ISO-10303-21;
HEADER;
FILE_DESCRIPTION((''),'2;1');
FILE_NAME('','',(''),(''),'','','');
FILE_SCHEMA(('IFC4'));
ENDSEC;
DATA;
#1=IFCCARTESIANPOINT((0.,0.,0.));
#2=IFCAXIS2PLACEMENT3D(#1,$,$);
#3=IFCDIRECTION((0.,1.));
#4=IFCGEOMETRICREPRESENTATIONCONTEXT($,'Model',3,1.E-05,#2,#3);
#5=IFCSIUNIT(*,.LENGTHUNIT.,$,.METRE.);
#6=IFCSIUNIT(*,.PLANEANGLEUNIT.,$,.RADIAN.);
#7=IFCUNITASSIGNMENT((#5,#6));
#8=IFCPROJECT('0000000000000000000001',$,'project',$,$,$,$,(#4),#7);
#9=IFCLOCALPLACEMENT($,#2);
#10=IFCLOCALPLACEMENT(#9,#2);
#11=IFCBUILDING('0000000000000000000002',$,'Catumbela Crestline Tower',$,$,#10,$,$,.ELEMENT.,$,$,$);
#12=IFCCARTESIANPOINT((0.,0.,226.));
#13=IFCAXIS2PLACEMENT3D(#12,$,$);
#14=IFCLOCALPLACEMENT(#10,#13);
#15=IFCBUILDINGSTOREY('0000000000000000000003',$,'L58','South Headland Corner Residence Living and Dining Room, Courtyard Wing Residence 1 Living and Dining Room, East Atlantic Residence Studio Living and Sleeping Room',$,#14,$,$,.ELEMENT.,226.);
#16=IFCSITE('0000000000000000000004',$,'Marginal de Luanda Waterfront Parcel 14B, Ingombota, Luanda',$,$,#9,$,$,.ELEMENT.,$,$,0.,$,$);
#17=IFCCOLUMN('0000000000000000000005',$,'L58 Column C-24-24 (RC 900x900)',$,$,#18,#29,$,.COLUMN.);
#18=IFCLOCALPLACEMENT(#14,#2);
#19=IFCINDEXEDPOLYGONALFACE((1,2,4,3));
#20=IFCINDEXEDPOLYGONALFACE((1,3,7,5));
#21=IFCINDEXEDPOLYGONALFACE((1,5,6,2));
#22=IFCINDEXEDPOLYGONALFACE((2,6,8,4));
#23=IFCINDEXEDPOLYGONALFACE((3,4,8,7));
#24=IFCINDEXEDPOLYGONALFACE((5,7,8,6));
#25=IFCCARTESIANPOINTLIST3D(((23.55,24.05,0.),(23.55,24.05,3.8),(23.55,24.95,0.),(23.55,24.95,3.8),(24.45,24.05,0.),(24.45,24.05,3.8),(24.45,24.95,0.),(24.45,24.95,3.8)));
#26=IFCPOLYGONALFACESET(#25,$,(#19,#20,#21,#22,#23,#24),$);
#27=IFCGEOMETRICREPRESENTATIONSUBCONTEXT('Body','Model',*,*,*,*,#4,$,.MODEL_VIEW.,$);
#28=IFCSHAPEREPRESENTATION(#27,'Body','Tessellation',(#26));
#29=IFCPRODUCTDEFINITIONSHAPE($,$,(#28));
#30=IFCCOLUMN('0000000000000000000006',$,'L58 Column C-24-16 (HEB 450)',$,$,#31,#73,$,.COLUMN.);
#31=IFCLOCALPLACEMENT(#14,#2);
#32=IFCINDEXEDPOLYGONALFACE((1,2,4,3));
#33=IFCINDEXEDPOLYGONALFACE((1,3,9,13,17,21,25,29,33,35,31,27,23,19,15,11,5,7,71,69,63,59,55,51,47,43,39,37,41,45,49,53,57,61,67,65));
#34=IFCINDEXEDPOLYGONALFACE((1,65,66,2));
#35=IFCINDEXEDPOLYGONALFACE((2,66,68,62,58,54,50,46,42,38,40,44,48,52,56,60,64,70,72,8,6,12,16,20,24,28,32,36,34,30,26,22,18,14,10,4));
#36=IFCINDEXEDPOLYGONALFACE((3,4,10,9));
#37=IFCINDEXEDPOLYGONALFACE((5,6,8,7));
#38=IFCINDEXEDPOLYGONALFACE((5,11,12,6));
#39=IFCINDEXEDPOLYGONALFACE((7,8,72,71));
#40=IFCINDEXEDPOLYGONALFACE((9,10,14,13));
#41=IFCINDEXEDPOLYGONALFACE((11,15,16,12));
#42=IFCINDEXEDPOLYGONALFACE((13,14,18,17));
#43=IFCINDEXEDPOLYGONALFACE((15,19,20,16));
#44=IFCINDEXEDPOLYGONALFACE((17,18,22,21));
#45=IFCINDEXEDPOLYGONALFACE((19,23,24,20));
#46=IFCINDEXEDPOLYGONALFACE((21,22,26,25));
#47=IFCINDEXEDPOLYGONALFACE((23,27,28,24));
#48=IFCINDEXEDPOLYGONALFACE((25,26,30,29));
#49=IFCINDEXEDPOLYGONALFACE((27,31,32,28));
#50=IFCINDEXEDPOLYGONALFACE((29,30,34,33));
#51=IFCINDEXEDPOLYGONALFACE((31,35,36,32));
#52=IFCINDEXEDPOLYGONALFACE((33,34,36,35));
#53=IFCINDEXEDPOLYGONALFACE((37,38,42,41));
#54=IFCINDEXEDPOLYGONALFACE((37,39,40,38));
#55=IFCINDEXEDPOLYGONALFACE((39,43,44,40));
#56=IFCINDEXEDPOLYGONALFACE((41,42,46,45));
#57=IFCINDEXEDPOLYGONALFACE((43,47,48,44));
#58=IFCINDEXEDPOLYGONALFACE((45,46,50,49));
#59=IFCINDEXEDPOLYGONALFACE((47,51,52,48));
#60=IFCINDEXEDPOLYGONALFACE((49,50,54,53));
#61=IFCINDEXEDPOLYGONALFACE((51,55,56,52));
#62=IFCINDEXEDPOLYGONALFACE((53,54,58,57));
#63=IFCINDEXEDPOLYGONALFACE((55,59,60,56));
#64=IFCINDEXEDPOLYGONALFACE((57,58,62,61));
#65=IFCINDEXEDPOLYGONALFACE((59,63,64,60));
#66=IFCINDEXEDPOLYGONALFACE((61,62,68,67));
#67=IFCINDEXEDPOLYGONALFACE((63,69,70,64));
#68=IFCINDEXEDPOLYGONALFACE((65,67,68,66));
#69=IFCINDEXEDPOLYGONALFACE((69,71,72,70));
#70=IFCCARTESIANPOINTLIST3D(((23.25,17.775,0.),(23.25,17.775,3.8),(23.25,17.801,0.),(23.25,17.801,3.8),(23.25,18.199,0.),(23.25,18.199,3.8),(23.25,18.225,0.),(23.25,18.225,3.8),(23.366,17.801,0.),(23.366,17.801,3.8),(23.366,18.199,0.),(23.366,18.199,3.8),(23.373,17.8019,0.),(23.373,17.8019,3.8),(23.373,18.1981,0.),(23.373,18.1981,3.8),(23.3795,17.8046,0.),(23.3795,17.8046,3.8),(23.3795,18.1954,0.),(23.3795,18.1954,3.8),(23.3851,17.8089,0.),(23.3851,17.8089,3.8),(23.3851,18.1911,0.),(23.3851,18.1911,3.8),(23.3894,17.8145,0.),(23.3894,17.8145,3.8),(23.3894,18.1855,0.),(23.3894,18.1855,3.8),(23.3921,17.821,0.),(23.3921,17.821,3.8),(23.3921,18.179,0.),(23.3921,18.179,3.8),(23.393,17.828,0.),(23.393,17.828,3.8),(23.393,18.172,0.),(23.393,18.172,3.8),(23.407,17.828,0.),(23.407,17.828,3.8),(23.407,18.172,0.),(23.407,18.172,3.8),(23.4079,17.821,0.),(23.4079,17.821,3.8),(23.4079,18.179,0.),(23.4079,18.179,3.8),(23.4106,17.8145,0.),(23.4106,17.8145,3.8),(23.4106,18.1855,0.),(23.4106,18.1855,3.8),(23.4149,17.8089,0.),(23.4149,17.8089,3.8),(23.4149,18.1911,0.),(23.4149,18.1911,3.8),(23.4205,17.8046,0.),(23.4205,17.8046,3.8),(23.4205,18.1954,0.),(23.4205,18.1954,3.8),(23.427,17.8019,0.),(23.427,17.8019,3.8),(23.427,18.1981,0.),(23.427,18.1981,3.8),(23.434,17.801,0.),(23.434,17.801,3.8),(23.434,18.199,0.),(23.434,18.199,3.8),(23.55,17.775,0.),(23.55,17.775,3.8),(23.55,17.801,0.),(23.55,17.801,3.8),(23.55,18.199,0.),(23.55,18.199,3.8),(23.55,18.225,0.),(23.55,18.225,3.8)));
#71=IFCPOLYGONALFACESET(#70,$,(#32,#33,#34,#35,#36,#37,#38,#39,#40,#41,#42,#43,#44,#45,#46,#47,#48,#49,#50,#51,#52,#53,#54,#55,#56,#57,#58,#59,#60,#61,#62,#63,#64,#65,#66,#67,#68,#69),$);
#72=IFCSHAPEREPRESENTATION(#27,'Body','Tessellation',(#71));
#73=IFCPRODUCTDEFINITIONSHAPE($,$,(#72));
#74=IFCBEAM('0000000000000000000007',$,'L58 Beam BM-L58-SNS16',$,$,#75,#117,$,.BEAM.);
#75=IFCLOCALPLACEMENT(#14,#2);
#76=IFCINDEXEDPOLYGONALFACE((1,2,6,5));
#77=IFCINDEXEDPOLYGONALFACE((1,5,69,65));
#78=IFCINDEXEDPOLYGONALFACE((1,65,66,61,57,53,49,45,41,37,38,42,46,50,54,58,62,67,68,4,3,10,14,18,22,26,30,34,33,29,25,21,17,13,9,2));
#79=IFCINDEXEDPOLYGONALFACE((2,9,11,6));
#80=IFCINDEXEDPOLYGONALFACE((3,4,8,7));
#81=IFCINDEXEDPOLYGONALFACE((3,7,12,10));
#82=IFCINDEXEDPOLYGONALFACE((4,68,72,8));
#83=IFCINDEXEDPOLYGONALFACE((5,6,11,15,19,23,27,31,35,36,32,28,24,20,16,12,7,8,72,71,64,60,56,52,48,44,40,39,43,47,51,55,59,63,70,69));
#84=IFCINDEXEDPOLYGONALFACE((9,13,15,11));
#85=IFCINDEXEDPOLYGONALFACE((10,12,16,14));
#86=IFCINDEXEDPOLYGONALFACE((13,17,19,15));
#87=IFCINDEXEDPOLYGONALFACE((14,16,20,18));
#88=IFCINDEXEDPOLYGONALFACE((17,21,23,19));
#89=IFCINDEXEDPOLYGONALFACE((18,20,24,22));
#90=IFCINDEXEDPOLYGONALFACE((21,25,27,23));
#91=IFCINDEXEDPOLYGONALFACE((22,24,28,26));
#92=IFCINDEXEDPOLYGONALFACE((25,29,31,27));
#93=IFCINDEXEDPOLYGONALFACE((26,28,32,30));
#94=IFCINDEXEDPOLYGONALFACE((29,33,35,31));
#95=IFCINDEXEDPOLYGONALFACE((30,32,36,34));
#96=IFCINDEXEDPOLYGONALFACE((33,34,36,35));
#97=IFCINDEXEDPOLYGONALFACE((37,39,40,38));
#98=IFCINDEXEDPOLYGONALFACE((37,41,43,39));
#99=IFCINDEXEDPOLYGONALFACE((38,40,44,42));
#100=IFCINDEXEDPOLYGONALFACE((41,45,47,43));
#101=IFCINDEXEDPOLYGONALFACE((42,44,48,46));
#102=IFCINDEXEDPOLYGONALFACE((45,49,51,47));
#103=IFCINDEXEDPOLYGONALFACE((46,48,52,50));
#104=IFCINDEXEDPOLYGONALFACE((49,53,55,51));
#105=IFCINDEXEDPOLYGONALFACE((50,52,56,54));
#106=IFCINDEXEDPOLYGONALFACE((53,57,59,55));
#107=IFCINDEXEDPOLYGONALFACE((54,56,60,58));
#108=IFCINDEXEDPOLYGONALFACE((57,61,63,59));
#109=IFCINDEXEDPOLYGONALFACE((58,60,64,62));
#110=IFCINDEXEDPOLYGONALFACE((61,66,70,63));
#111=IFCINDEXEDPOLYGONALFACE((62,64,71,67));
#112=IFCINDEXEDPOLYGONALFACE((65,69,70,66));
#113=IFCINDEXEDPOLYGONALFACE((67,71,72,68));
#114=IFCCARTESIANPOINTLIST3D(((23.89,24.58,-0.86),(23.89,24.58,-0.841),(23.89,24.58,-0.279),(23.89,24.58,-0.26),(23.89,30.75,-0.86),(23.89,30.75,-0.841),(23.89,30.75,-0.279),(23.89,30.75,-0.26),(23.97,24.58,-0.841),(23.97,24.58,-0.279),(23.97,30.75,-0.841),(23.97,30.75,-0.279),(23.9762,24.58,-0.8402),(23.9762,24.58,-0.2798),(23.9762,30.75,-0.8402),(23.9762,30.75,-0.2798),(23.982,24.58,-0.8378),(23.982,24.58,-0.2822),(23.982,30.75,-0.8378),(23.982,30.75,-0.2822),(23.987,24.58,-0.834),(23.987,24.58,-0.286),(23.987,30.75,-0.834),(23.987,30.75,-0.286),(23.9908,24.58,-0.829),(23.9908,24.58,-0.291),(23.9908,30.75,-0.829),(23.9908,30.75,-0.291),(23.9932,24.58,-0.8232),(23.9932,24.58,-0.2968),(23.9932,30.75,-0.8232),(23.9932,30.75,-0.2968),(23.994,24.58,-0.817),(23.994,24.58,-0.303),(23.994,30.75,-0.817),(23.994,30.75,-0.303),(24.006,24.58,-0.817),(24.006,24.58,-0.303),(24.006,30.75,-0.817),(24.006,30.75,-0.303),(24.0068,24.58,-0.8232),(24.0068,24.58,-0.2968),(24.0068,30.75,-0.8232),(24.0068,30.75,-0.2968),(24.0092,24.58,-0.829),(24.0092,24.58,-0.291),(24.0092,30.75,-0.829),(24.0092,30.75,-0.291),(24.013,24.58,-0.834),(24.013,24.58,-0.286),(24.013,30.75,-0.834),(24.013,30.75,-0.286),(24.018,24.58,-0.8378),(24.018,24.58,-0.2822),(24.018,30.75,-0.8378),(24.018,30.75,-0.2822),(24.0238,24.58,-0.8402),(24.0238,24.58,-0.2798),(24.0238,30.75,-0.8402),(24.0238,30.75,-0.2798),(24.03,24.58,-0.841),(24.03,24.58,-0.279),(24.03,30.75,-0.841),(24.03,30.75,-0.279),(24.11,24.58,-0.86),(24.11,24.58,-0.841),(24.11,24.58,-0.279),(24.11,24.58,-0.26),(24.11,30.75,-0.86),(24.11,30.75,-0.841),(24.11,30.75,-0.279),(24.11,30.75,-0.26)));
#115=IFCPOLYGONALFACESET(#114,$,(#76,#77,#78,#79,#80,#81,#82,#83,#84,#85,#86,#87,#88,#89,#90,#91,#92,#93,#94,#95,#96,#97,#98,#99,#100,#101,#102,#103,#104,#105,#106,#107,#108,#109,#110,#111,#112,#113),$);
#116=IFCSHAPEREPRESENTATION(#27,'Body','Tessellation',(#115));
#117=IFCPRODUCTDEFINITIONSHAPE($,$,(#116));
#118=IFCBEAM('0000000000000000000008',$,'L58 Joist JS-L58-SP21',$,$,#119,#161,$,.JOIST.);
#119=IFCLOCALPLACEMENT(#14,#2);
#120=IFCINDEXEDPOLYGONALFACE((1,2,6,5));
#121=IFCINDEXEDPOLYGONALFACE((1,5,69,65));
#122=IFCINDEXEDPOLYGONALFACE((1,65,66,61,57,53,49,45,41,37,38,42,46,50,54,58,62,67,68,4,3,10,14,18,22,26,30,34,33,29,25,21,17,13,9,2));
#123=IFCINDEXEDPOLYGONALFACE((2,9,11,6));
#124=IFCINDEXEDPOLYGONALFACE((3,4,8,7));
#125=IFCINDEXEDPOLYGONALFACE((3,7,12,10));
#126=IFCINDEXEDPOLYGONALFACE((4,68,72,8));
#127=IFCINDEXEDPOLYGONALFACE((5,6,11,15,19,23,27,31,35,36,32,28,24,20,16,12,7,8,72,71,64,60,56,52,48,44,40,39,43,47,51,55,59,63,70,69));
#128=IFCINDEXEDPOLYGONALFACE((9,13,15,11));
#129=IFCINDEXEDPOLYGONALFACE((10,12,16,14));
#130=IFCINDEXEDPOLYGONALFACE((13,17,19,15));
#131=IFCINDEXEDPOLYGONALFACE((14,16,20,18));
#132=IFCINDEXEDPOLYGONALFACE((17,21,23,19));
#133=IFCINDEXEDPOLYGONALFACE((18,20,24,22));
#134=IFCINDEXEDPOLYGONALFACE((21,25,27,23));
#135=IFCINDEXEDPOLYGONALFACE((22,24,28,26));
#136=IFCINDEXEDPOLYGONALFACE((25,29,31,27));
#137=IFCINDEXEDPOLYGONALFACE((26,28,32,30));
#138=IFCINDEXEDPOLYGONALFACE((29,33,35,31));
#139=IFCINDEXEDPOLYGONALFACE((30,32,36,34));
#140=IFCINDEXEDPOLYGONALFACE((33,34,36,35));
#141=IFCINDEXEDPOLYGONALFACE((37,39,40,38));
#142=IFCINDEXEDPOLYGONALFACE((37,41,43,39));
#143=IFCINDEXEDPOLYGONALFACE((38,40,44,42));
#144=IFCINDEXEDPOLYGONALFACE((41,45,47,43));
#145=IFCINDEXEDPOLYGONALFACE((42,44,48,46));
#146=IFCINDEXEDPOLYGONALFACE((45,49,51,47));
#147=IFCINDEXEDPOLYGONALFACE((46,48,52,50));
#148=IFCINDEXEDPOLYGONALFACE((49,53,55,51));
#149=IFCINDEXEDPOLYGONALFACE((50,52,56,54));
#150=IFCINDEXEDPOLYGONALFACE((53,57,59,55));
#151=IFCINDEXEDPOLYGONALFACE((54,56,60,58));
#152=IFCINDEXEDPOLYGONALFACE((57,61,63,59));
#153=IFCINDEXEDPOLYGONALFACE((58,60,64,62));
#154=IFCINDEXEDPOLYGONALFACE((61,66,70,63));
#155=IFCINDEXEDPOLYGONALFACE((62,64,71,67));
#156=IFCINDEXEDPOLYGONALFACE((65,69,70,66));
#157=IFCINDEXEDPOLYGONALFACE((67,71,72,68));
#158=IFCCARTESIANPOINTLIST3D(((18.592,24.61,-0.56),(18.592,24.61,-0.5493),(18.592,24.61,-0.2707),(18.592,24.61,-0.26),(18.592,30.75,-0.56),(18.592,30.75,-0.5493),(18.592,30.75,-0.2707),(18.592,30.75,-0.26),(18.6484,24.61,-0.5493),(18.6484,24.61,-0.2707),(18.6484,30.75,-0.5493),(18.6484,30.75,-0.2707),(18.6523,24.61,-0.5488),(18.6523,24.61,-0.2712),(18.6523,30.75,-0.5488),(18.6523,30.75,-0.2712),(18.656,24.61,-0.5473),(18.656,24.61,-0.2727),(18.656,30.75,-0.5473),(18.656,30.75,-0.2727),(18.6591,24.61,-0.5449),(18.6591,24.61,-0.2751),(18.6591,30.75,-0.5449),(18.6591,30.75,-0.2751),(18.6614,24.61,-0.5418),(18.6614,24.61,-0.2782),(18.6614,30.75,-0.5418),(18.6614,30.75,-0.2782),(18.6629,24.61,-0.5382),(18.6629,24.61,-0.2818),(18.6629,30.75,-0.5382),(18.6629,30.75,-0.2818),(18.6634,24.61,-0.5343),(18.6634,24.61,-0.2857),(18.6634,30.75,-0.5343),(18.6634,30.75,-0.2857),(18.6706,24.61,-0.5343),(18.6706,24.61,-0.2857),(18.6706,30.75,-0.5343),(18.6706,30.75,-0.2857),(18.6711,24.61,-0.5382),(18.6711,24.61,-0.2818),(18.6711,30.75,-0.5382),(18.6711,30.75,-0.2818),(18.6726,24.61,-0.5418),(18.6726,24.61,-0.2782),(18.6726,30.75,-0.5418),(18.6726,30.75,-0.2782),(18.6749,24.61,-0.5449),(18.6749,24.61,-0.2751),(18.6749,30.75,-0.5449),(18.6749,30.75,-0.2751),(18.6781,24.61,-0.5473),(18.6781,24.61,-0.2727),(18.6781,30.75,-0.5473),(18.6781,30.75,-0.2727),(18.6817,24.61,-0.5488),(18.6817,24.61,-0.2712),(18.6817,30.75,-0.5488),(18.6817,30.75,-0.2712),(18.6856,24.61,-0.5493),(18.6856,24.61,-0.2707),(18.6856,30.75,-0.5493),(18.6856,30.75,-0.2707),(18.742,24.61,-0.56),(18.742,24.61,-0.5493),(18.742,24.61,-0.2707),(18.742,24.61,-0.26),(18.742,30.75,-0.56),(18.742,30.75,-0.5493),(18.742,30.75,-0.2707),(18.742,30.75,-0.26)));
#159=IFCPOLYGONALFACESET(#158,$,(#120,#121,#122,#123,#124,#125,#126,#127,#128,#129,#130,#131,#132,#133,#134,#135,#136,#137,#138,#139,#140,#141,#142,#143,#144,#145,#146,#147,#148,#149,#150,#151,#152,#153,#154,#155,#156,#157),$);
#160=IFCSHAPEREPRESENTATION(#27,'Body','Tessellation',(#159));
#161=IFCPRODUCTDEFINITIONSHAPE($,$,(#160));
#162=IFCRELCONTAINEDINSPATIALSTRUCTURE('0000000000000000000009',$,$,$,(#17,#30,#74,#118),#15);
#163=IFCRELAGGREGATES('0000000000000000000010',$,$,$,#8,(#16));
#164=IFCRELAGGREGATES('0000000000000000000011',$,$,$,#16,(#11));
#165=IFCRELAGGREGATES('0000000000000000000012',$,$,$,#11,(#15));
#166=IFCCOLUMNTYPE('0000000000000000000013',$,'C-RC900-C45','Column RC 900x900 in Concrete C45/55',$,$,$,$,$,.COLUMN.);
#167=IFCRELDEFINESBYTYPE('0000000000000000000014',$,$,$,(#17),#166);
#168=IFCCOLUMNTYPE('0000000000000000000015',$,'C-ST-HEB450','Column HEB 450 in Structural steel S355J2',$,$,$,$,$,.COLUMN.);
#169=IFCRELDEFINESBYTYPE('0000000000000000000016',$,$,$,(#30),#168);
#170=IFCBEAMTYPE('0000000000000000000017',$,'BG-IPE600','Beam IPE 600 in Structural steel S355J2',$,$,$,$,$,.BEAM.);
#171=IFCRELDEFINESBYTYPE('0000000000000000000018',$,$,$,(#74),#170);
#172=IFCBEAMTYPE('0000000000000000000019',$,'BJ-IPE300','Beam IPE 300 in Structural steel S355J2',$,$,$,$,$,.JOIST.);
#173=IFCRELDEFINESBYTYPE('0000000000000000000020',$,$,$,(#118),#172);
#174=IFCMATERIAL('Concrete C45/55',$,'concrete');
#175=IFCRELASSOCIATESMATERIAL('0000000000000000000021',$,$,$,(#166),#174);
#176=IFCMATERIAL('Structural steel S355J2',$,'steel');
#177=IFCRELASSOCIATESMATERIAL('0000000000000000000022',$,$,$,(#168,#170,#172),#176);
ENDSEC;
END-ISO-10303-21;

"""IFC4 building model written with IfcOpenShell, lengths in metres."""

from ifc_helpers import new_model, si_unit, direction, frame, origin, origin_2d, place, context, subcontext, project, spatial, rectangle, i_section, extrude, material, material_profile, profile_set, type_object, element, save


model = new_model("IFC4")

# Units and contexts
model_context = context("Model", 3, precision=1e-05, world=origin(), true_north=direction((0.0, 1.0)))
body_context = subcontext(model_context, "Body", "Model", "MODEL_VIEW")
ifc_project = project(units=[si_unit("LENGTHUNIT", "METRE"), si_unit("PLANEANGLEUNIT", "RADIAN")], contexts=[model_context])

# Site, building, storey
site_placement = place(None, origin())
site = spatial("IfcSite", under=ifc_project, at=site_placement, Name="Marginal de Luanda Waterfront Parcel 14B, Ingombota, Luanda", CompositionType="ELEMENT", RefElevation=0.0)
building_placement = place(site_placement, origin())
building = spatial("IfcBuilding", under=site, at=building_placement, Name="Catumbela Crestline Tower", CompositionType="ELEMENT")
storey_placement = place(building_placement, frame((0.0, 0.0, 226.0)))
storey = spatial("IfcBuildingStorey", under=building, at=storey_placement, Name="L58", Description="South Headland Corner Residence Living and Dining Room, Courtyard Wing Residence 1 Living and Dining Room, East Atlantic Residence Studio Living and Sleeping Room", CompositionType="ELEMENT", Elevation=226.0)

# Columns
ifc_material_1 = material(Name="Concrete C45/55", Category="concrete")
ifc_material_profile_1 = material_profile(ifc_material_1, rectangle(XDim=0.9, YDim=0.9, at=origin_2d()), Name="RC 900x900")
ifc_profile_set_1 = profile_set([ifc_material_profile_1], Name="Concrete C45/55")
column_type_1 = type_object("IfcColumnType", Name="C-RC900-C45", Description="Column RC 900x900 in Concrete C45/55", PredefinedType="COLUMN", material=ifc_profile_set_1)
column_1_placement = place(storey_placement, frame((24.0, 24.5, 0.0), z_axis=(0.0, 0.0, 1.0), x_axis=(1.0, 0.0, 0.0)))
element("IfcColumn", 1, at=column_1_placement, inside=storey, type_object=column_type_1, Name="L58 Column C-24-24 (RC 900x900)", PredefinedType="COLUMN", context=body_context, shape_type="SweptSolid", body=[
    extrude(rectangle(XDim=0.9, YDim=0.9, at=origin_2d()), origin(), (0.0, 0.0, 1.0), 3.8),
])
ifc_material_2 = material(Name="Structural steel S355J2", Category="steel")
ifc_material_profile_2 = material_profile(ifc_material_2, i_section(OverallWidth=0.3, OverallDepth=0.45, WebThickness=0.014, FlangeThickness=0.026, FilletRadius=0.027, at=origin_2d()), Name="HEB 450")
ifc_profile_set_2 = profile_set([ifc_material_profile_2], Name="Structural steel S355J2")
column_type_2 = type_object("IfcColumnType", Name="C-ST-HEB450", Description="Column HEB 450 in Structural steel S355J2", PredefinedType="COLUMN", material=ifc_profile_set_2)
column_2_placement = place(storey_placement, frame((23.4, 18.0, 0.0), z_axis=(0.0, 0.0, 1.0), x_axis=(1.0, 0.0, 0.0)))
element("IfcColumn", 2, at=column_2_placement, inside=storey, type_object=column_type_2, Name="L58 Column C-24-16 (HEB 450)", PredefinedType="COLUMN", context=body_context, shape_type="SweptSolid", body=[
    extrude(i_section(OverallWidth=0.3, OverallDepth=0.45, WebThickness=0.014, FlangeThickness=0.026, FilletRadius=0.027, at=origin_2d()), origin(), (0.0, 0.0, 1.0), 3.8),
])

# Beams
ifc_material_profile_3 = material_profile(ifc_material_2, i_section(OverallWidth=0.22, OverallDepth=0.6, WebThickness=0.012, FlangeThickness=0.019, FilletRadius=0.024, at=origin_2d()), Name="IPE 600")
ifc_profile_set_3 = profile_set([ifc_material_profile_3], Name="Structural steel S355J2")
beam_type_1 = type_object("IfcBeamType", Name="BG-IPE600", Description="Beam IPE 600 in Structural steel S355J2", PredefinedType="BEAM", material=ifc_profile_set_3)
beam_1_placement = place(storey_placement, frame((24.0, 24.58, -0.56), z_axis=(0.0, 1.0, 0.0), x_axis=(-1.0, 0.0, 0.0)))
element("IfcBeam", 3, at=beam_1_placement, inside=storey, type_object=beam_type_1, Name="L58 Beam BM-L58-SNS16", PredefinedType="BEAM", context=body_context, shape_type="SweptSolid", body=[
    extrude(i_section(OverallWidth=0.22, OverallDepth=0.6, WebThickness=0.012, FlangeThickness=0.019, FilletRadius=0.024, at=origin_2d()), origin(), (0.0, 0.0, 1.0), 6.17),
])
ifc_material_profile_4 = material_profile(ifc_material_2, i_section(OverallWidth=0.15, OverallDepth=0.3, WebThickness=0.0071, FlangeThickness=0.0107, FilletRadius=0.015, at=origin_2d()), Name="IPE 300")
ifc_profile_set_4 = profile_set([ifc_material_profile_4], Name="Structural steel S355J2")
beam_type_2 = type_object("IfcBeamType", Name="BJ-IPE300", Description="Beam IPE 300 in Structural steel S355J2", PredefinedType="JOIST", material=ifc_profile_set_4)
for number, where, z_axis, x_axis, name in (
    (4, (18.667, 24.61, -0.41), (0.0, 1.0, 0.0), (-1.0, 0.0, 0.0), "L58 Joist JS-L58-SP21"),
):
    element("IfcBeam", number, at=place(storey_placement, frame(where, z_axis=z_axis, x_axis=x_axis)), inside=storey, type_object=beam_type_2, Name=name, PredefinedType="JOIST", context=body_context, shape_type="SweptSolid", body=[
        extrude(i_section(OverallWidth=0.15, OverallDepth=0.3, WebThickness=0.0071, FlangeThickness=0.0107, FilletRadius=0.015, at=origin_2d()), origin(), (0.0, 0.0, 1.0), 6.14),
    ])

save(model, "model.ifc")
